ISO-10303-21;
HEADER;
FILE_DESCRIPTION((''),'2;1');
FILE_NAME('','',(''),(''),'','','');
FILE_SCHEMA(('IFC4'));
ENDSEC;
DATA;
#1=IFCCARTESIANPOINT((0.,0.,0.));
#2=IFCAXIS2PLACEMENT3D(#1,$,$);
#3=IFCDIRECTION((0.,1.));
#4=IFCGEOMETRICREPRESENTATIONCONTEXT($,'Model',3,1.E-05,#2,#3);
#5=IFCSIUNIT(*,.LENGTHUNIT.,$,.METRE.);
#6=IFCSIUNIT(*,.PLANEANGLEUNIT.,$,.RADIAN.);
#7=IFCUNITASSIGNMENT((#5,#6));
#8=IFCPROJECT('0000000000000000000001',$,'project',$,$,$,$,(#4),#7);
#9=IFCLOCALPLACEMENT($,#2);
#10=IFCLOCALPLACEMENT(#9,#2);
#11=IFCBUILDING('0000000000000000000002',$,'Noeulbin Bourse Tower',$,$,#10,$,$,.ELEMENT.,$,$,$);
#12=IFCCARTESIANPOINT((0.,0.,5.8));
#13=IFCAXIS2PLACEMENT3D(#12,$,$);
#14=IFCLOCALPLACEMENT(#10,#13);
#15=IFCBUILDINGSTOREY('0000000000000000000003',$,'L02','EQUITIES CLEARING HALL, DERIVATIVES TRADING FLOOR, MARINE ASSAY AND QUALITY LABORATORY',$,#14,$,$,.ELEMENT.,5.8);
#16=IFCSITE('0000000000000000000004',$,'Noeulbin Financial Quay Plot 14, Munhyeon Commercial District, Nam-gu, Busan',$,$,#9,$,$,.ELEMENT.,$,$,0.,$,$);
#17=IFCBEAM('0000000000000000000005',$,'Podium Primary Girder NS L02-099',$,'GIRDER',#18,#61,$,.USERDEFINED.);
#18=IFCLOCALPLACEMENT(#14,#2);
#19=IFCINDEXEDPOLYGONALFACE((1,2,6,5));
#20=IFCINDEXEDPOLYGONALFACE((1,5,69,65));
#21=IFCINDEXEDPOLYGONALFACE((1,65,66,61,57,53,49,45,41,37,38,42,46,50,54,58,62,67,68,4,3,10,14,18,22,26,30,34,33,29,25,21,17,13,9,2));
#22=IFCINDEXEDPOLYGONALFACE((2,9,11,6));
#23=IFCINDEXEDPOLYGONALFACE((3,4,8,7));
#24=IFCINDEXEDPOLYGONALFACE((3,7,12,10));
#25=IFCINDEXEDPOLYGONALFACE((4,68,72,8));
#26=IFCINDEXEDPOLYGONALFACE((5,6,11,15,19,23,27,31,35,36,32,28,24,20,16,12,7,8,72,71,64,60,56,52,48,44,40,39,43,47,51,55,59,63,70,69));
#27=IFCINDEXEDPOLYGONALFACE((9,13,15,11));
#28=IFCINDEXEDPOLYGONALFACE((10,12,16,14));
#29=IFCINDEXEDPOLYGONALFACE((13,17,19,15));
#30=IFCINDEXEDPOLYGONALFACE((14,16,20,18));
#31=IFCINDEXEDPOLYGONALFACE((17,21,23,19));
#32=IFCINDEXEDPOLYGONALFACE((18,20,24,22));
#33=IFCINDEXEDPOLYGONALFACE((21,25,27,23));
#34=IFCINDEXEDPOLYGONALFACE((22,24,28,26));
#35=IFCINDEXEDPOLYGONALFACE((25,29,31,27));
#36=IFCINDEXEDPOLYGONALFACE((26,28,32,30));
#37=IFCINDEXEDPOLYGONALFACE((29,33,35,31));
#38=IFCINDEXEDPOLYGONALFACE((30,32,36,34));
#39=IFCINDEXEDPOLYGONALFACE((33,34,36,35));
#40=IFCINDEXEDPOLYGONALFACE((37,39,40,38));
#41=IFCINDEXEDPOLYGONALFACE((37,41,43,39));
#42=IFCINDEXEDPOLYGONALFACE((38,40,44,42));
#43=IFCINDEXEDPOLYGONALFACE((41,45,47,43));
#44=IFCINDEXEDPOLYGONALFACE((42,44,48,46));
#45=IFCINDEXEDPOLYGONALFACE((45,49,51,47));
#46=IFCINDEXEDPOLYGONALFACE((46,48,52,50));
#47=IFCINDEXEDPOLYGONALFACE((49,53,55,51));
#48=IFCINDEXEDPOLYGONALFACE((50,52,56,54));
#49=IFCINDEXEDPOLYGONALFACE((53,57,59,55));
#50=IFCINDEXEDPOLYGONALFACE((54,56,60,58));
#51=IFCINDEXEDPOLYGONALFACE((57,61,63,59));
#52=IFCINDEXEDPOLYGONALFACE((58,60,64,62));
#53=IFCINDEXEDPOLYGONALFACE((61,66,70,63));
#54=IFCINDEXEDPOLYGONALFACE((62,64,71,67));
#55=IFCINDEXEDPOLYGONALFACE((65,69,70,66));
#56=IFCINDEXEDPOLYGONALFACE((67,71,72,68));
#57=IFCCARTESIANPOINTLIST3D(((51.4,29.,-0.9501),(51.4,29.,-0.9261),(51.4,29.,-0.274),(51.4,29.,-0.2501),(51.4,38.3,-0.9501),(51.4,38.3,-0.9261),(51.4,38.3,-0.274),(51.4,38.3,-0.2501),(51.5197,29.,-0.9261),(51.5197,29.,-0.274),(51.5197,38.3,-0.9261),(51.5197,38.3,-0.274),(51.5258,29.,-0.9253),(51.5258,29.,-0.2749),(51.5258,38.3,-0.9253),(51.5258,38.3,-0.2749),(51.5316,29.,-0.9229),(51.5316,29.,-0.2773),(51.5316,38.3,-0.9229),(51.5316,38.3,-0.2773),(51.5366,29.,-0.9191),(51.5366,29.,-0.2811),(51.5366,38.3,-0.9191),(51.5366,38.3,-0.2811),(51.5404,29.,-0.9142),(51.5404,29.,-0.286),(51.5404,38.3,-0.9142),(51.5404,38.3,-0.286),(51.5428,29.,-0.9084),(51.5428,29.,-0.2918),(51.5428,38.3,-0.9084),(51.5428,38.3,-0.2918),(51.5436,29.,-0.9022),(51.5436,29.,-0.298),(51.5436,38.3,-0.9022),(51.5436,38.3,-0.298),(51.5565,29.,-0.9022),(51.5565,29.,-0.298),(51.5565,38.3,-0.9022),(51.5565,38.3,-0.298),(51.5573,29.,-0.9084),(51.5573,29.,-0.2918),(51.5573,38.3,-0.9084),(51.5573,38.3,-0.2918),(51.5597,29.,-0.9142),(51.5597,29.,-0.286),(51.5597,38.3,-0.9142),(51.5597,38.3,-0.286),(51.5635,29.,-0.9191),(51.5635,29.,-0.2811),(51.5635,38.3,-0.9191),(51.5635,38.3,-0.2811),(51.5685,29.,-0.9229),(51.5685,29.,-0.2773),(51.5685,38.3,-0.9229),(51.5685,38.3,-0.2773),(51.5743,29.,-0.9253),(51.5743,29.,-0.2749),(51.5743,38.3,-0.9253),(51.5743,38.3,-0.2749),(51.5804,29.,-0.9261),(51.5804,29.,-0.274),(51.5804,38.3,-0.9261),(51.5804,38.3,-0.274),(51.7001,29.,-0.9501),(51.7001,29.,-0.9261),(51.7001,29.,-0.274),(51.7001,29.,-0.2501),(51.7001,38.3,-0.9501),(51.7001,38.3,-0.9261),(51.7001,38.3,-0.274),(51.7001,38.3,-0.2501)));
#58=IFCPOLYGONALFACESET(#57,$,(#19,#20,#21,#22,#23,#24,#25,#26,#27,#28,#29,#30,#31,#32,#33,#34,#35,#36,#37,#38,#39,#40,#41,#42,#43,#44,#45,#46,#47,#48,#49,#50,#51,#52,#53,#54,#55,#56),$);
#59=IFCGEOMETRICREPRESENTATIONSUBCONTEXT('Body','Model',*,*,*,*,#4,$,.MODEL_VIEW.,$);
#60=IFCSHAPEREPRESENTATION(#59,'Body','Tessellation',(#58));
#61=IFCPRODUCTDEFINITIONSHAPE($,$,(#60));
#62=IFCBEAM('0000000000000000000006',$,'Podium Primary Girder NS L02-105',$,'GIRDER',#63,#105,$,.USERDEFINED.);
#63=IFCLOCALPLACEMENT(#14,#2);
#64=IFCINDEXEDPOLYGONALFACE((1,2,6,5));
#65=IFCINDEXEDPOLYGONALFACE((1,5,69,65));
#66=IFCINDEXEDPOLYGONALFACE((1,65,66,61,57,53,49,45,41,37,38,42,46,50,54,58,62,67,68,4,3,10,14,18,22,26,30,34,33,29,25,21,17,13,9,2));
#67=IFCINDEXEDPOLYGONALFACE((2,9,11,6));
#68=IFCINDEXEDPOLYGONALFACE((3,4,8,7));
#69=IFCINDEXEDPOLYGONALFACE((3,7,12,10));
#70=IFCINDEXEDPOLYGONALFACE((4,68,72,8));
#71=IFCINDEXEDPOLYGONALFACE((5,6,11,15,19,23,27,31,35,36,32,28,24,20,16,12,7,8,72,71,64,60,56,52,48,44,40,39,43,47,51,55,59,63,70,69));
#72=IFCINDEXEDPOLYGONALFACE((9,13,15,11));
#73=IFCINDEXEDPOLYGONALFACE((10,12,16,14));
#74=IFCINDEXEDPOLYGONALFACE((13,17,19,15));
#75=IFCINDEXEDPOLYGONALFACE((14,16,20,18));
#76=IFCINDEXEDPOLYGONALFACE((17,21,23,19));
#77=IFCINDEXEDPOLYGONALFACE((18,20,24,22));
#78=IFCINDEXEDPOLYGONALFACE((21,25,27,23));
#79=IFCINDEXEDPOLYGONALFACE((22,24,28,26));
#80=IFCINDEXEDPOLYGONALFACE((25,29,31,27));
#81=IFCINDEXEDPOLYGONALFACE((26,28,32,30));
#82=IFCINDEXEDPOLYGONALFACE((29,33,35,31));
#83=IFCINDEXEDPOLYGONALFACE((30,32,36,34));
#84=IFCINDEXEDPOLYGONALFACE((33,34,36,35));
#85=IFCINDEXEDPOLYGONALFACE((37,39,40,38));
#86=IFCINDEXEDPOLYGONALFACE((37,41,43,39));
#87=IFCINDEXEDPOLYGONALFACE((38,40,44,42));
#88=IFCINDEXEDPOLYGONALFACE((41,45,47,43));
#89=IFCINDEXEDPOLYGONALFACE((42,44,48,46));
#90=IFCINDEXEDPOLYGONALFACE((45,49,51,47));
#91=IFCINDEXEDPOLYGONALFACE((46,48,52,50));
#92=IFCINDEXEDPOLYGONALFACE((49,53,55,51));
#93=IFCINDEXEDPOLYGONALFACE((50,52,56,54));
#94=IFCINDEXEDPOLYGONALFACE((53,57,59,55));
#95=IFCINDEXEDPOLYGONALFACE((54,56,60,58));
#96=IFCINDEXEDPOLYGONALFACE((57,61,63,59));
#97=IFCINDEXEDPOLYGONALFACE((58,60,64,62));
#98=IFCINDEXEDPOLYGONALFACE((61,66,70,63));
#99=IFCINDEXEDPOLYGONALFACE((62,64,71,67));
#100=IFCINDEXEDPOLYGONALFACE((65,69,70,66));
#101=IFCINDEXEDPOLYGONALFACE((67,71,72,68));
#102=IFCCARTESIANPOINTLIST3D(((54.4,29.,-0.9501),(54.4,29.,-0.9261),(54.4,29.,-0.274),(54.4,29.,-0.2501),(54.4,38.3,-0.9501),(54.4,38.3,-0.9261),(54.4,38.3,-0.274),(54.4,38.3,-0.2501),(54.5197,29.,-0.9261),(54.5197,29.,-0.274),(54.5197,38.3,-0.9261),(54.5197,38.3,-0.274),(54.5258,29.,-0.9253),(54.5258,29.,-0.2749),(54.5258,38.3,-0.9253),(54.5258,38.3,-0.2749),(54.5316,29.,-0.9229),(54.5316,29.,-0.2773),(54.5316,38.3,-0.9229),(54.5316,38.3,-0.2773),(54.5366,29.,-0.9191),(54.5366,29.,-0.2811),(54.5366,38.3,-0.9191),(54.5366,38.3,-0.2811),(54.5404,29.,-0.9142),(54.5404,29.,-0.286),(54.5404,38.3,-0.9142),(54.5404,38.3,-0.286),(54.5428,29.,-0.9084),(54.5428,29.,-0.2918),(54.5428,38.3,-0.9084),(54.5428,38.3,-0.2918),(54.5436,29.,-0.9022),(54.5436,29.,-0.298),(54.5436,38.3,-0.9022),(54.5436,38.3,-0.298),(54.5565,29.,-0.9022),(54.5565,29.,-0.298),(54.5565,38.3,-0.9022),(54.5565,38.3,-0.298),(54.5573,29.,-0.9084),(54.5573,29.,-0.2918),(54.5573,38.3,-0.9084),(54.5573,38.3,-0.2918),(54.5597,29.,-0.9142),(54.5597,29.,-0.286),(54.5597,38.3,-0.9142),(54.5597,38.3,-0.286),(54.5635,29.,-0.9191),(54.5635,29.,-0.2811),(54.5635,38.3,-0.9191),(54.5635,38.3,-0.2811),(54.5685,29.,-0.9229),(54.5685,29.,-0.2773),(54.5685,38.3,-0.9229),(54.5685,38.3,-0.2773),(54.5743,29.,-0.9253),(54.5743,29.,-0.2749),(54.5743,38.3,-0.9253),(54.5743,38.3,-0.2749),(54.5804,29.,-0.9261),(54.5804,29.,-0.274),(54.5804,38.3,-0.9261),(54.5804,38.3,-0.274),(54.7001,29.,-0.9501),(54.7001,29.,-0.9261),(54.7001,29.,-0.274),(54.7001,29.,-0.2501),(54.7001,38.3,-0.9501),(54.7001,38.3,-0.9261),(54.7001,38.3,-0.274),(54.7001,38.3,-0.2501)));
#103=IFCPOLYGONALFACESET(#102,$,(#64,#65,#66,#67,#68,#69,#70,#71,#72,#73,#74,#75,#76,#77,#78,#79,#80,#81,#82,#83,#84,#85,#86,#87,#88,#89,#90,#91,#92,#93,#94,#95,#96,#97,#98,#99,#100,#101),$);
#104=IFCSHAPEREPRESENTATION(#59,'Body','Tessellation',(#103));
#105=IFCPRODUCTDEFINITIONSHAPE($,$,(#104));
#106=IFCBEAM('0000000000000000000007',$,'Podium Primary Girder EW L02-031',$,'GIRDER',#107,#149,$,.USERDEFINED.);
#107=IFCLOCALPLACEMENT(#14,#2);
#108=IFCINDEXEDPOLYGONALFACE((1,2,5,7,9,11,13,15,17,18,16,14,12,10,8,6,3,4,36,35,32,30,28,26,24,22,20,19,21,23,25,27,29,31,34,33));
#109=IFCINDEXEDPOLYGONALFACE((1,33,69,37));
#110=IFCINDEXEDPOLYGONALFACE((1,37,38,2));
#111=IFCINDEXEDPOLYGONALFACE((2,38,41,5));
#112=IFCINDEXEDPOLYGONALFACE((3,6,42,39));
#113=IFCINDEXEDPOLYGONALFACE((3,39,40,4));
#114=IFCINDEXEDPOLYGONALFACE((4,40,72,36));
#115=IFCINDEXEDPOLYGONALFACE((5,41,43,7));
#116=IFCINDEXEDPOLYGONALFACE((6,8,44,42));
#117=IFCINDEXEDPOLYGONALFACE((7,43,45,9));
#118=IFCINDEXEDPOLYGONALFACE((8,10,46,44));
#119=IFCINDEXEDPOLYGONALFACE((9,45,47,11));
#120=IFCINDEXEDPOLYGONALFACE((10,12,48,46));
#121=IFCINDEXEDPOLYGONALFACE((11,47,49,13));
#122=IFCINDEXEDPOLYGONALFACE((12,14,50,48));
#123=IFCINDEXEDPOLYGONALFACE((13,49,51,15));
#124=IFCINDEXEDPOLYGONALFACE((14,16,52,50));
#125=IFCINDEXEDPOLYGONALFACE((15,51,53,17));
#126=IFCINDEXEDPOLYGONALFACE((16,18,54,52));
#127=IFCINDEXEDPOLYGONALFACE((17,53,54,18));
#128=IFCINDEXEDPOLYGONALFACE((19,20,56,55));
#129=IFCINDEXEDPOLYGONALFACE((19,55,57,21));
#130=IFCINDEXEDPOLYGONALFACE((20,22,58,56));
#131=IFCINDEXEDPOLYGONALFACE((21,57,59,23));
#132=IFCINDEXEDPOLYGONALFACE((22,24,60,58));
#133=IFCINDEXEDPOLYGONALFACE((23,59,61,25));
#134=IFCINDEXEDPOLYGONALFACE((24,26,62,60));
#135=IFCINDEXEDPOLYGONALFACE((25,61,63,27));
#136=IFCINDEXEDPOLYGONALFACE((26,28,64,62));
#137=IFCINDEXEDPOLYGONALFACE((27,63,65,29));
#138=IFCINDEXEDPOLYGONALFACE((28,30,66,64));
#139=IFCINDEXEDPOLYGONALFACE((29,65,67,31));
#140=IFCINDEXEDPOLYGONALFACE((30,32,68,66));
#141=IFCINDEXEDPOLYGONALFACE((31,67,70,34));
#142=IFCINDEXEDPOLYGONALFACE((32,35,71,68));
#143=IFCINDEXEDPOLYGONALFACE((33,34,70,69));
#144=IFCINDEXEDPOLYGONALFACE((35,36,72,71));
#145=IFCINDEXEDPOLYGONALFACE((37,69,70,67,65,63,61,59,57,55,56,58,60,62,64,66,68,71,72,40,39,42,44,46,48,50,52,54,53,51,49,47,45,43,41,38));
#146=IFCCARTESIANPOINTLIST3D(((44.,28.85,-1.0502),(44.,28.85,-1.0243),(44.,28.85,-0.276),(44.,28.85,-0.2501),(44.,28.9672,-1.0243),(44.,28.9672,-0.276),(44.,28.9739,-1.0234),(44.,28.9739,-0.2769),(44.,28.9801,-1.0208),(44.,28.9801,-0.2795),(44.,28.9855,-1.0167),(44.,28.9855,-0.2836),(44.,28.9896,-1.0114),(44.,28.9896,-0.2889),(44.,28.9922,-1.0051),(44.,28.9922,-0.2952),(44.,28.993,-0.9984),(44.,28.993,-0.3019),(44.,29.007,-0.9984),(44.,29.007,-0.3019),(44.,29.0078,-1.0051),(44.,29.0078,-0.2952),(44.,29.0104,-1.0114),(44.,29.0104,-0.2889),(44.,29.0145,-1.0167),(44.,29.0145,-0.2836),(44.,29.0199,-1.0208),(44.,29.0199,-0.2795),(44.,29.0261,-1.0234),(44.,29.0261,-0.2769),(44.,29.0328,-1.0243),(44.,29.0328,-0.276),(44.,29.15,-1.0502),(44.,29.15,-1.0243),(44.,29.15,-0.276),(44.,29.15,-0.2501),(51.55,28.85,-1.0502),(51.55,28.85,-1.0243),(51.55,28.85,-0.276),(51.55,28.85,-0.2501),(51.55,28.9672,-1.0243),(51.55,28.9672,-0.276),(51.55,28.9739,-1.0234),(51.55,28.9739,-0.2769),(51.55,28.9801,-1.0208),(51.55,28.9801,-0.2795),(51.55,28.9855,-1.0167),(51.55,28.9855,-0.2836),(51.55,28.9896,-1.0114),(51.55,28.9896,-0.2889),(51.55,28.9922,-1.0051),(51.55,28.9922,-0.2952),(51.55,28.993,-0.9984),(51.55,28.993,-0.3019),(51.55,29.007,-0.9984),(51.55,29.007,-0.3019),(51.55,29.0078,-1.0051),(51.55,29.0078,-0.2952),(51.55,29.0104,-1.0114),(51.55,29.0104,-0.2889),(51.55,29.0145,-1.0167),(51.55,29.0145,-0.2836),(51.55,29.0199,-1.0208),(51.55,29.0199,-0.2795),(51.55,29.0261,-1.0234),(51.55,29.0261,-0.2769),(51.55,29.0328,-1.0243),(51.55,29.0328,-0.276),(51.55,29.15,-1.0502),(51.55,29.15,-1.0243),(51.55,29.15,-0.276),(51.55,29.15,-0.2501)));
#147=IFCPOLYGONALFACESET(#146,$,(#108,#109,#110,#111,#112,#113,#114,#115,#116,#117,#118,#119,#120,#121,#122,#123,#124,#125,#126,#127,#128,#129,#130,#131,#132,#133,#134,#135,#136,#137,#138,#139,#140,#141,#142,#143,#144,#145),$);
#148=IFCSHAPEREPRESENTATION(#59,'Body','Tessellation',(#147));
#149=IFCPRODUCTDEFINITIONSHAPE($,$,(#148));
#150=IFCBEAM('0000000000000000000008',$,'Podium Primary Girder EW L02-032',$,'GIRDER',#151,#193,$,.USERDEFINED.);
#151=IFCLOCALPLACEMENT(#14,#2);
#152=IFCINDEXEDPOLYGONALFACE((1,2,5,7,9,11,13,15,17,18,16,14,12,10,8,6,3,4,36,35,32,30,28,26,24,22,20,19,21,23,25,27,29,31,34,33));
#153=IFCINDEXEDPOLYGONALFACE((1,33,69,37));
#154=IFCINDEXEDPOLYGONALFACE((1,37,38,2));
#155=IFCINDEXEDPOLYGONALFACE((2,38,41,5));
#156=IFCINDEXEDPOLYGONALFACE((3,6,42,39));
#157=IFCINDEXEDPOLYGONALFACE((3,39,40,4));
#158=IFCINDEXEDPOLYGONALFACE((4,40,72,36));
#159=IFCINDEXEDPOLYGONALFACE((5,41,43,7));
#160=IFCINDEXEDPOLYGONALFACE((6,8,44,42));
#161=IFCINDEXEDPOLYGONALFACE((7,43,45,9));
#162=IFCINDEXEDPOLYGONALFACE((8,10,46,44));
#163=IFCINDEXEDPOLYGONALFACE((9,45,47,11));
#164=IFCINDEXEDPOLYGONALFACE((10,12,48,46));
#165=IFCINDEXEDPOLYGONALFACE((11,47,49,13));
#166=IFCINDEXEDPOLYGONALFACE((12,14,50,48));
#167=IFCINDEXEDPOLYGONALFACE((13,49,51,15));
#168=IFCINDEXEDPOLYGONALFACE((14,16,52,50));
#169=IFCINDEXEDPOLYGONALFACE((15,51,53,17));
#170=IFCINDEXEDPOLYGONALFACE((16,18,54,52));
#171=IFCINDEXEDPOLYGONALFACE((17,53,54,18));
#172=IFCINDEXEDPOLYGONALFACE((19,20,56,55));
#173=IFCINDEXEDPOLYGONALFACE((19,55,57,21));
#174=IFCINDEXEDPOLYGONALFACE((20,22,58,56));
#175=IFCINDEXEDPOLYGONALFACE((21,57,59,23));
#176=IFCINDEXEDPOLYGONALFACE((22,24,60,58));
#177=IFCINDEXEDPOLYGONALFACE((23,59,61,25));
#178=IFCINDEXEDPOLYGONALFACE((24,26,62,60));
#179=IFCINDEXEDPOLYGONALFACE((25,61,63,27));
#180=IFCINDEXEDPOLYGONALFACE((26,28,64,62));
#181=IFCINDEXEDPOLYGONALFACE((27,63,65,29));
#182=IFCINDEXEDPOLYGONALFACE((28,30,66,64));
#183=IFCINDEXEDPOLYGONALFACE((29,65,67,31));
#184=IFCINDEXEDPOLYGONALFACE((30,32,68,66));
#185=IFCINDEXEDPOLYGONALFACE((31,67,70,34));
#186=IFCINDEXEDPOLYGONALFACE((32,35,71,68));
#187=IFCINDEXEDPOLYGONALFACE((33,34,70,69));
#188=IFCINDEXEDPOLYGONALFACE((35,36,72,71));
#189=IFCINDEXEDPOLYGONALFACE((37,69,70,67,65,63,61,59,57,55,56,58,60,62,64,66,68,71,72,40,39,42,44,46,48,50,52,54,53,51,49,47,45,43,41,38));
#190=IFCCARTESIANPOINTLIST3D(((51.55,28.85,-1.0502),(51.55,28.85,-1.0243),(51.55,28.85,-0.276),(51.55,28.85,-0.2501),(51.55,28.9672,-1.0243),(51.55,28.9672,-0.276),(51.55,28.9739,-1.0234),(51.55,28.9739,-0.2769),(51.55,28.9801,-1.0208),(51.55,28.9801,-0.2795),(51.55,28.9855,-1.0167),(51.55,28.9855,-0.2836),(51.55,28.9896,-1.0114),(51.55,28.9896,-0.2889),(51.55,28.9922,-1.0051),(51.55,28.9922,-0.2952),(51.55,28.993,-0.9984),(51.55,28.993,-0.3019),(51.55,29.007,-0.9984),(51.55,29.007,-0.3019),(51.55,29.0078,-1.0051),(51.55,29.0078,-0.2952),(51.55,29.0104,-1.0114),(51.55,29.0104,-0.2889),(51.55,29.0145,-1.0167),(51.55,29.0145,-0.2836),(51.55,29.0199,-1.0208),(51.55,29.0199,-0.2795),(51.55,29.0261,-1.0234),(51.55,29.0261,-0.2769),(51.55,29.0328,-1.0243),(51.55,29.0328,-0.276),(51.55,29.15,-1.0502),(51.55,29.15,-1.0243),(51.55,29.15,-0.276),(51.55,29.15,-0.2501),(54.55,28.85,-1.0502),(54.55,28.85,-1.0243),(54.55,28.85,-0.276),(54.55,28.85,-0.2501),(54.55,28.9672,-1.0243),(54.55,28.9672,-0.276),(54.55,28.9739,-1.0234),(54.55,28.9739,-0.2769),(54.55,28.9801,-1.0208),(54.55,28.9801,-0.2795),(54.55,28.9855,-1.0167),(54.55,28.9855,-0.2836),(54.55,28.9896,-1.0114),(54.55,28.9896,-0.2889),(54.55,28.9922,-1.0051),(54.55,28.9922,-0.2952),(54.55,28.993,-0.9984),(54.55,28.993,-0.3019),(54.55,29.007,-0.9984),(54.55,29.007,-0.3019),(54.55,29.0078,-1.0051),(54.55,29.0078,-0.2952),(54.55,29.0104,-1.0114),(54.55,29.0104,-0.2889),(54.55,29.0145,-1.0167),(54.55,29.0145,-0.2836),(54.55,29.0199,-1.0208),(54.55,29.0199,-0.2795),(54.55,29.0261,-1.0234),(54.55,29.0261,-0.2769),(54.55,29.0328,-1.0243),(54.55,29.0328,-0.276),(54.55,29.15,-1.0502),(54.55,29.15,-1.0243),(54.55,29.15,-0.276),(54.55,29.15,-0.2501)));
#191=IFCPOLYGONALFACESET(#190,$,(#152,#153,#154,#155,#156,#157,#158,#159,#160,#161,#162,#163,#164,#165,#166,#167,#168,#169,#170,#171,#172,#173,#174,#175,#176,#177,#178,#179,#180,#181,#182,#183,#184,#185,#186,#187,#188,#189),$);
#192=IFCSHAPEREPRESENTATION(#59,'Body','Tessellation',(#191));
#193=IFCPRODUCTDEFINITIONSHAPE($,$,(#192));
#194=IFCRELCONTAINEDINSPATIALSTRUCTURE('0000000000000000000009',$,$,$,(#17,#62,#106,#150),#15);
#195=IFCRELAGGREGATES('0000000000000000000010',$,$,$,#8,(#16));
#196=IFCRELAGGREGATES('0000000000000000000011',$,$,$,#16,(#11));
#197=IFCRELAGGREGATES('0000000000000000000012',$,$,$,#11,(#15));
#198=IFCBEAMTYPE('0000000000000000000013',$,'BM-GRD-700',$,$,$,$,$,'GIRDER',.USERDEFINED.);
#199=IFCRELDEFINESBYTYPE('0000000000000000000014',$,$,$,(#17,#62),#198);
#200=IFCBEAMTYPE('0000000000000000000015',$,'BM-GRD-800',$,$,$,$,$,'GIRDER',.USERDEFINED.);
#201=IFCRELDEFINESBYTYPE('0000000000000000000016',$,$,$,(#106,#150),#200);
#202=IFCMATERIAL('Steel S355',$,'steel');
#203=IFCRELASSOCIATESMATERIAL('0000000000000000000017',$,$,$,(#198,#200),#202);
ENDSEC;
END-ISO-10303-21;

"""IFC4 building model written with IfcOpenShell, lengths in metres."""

from ifc_helpers import new_model, si_unit, direction, frame, origin, origin_2d, place, context, subcontext, project, spatial, i_section, extrude, material, material_profile, profile_set, type_object, element, save


model = new_model("IFC4")

# Units and contexts
model_context = context("Model", 3, precision=1e-05, world=origin(), true_north=direction((0.0, 1.0)))
body_context = subcontext(model_context, "Body", "Model", "MODEL_VIEW")
ifc_project = project(units=[si_unit("LENGTHUNIT", "METRE"), si_unit("PLANEANGLEUNIT", "RADIAN")], contexts=[model_context])

# Site, building, storey
site_placement = place(None, origin())
site = spatial("IfcSite", under=ifc_project, at=site_placement, Name="Noeulbin Financial Quay Plot 14, Munhyeon Commercial District, Nam-gu, Busan", CompositionType="ELEMENT", RefElevation=0.0)
building_placement = place(site_placement, origin())
building = spatial("IfcBuilding", under=site, at=building_placement, Name="Noeulbin Bourse Tower", CompositionType="ELEMENT")
storey_placement = place(building_placement, frame((0.0, 0.0, 5.8)))
storey = spatial("IfcBuildingStorey", under=building, at=storey_placement, Name="L02", Description="EQUITIES CLEARING HALL, DERIVATIVES TRADING FLOOR, MARINE ASSAY AND QUALITY LABORATORY", CompositionType="ELEMENT", Elevation=5.8)

# Beams
ifc_material_1 = material(Name="Steel S355", Category="steel")
ifc_material_profile_1 = material_profile(ifc_material_1, i_section(OverallWidth=0.3, OverallDepth=0.7, WebThickness=0.0129, FlangeThickness=0.0239, FilletRadius=0.0239, at=origin_2d()), Name="H-700x300x13x24", Category="LoadBearing")
ifc_profile_set_1 = profile_set([ifc_material_profile_1], Name="Steel S355")
beam_type_1 = type_object("IfcBeamType", Name="BM-GRD-700", ElementType="GIRDER", PredefinedType="USERDEFINED", material=ifc_profile_set_1)
for number, where, z_axis, x_axis, name in (
    (1, (51.55, 29.0, -0.6001), (0.0, 1.0, 0.0), (-1.0, 0.0, 0.0), "Podium Primary Girder NS L02-099"),
    (2, (54.55, 29.0, -0.6001), (0.0, 1.0, 0.0), (-1.0, 0.0, 0.0), "Podium Primary Girder NS L02-105"),
):
    element("IfcBeam", number, at=place(storey_placement, frame(where, z_axis=z_axis, x_axis=x_axis)), inside=storey, type_object=beam_type_1, Name=name, ObjectType="GIRDER", PredefinedType="USERDEFINED", context=body_context, shape_type="SweptSolid", body=[
        extrude(i_section(OverallWidth=0.3, OverallDepth=0.7, WebThickness=0.0129, FlangeThickness=0.0239, FilletRadius=0.0239, at=origin_2d()), origin(), (0.0, 0.0, 1.0), 9.3),
    ])
ifc_material_profile_2 = material_profile(ifc_material_1, i_section(OverallWidth=0.3, OverallDepth=0.8, WebThickness=0.0139, FlangeThickness=0.0259, FilletRadius=0.0259, at=origin_2d()), Name="H-800x300x14x26", Category="LoadBearing")
ifc_profile_set_2 = profile_set([ifc_material_profile_2], Name="Steel S355")
beam_type_2 = type_object("IfcBeamType", Name="BM-GRD-800", ElementType="GIRDER", PredefinedType="USERDEFINED", material=ifc_profile_set_2)
beam_1_placement = place(storey_placement, frame((44.0, 29.0, -0.6501), z_axis=(1.0, 0.0, 0.0), x_axis=(0.0, 1.0, 0.0)))
element("IfcBeam", 3, at=beam_1_placement, inside=storey, type_object=beam_type_2, Name="Podium Primary Girder EW L02-031", ObjectType="GIRDER", PredefinedType="USERDEFINED", context=body_context, shape_type="SweptSolid", body=[
    extrude(i_section(OverallWidth=0.3, OverallDepth=0.8, WebThickness=0.0139, FlangeThickness=0.0259, FilletRadius=0.0259, at=origin_2d()), origin(), (0.0, 0.0, 1.0), 7.55),
])
beam_2_placement = place(storey_placement, frame((51.55, 29.0, -0.6501), z_axis=(1.0, 0.0, 0.0), x_axis=(0.0, 1.0, 0.0)))
element("IfcBeam", 4, at=beam_2_placement, inside=storey, type_object=beam_type_2, Name="Podium Primary Girder EW L02-032", ObjectType="GIRDER", PredefinedType="USERDEFINED", context=body_context, shape_type="SweptSolid", body=[
    extrude(i_section(OverallWidth=0.3, OverallDepth=0.8, WebThickness=0.0139, FlangeThickness=0.0259, FilletRadius=0.0259, at=origin_2d()), origin(), (0.0, 0.0, 1.0), 3.0),
])

save(model, "model.ifc")
